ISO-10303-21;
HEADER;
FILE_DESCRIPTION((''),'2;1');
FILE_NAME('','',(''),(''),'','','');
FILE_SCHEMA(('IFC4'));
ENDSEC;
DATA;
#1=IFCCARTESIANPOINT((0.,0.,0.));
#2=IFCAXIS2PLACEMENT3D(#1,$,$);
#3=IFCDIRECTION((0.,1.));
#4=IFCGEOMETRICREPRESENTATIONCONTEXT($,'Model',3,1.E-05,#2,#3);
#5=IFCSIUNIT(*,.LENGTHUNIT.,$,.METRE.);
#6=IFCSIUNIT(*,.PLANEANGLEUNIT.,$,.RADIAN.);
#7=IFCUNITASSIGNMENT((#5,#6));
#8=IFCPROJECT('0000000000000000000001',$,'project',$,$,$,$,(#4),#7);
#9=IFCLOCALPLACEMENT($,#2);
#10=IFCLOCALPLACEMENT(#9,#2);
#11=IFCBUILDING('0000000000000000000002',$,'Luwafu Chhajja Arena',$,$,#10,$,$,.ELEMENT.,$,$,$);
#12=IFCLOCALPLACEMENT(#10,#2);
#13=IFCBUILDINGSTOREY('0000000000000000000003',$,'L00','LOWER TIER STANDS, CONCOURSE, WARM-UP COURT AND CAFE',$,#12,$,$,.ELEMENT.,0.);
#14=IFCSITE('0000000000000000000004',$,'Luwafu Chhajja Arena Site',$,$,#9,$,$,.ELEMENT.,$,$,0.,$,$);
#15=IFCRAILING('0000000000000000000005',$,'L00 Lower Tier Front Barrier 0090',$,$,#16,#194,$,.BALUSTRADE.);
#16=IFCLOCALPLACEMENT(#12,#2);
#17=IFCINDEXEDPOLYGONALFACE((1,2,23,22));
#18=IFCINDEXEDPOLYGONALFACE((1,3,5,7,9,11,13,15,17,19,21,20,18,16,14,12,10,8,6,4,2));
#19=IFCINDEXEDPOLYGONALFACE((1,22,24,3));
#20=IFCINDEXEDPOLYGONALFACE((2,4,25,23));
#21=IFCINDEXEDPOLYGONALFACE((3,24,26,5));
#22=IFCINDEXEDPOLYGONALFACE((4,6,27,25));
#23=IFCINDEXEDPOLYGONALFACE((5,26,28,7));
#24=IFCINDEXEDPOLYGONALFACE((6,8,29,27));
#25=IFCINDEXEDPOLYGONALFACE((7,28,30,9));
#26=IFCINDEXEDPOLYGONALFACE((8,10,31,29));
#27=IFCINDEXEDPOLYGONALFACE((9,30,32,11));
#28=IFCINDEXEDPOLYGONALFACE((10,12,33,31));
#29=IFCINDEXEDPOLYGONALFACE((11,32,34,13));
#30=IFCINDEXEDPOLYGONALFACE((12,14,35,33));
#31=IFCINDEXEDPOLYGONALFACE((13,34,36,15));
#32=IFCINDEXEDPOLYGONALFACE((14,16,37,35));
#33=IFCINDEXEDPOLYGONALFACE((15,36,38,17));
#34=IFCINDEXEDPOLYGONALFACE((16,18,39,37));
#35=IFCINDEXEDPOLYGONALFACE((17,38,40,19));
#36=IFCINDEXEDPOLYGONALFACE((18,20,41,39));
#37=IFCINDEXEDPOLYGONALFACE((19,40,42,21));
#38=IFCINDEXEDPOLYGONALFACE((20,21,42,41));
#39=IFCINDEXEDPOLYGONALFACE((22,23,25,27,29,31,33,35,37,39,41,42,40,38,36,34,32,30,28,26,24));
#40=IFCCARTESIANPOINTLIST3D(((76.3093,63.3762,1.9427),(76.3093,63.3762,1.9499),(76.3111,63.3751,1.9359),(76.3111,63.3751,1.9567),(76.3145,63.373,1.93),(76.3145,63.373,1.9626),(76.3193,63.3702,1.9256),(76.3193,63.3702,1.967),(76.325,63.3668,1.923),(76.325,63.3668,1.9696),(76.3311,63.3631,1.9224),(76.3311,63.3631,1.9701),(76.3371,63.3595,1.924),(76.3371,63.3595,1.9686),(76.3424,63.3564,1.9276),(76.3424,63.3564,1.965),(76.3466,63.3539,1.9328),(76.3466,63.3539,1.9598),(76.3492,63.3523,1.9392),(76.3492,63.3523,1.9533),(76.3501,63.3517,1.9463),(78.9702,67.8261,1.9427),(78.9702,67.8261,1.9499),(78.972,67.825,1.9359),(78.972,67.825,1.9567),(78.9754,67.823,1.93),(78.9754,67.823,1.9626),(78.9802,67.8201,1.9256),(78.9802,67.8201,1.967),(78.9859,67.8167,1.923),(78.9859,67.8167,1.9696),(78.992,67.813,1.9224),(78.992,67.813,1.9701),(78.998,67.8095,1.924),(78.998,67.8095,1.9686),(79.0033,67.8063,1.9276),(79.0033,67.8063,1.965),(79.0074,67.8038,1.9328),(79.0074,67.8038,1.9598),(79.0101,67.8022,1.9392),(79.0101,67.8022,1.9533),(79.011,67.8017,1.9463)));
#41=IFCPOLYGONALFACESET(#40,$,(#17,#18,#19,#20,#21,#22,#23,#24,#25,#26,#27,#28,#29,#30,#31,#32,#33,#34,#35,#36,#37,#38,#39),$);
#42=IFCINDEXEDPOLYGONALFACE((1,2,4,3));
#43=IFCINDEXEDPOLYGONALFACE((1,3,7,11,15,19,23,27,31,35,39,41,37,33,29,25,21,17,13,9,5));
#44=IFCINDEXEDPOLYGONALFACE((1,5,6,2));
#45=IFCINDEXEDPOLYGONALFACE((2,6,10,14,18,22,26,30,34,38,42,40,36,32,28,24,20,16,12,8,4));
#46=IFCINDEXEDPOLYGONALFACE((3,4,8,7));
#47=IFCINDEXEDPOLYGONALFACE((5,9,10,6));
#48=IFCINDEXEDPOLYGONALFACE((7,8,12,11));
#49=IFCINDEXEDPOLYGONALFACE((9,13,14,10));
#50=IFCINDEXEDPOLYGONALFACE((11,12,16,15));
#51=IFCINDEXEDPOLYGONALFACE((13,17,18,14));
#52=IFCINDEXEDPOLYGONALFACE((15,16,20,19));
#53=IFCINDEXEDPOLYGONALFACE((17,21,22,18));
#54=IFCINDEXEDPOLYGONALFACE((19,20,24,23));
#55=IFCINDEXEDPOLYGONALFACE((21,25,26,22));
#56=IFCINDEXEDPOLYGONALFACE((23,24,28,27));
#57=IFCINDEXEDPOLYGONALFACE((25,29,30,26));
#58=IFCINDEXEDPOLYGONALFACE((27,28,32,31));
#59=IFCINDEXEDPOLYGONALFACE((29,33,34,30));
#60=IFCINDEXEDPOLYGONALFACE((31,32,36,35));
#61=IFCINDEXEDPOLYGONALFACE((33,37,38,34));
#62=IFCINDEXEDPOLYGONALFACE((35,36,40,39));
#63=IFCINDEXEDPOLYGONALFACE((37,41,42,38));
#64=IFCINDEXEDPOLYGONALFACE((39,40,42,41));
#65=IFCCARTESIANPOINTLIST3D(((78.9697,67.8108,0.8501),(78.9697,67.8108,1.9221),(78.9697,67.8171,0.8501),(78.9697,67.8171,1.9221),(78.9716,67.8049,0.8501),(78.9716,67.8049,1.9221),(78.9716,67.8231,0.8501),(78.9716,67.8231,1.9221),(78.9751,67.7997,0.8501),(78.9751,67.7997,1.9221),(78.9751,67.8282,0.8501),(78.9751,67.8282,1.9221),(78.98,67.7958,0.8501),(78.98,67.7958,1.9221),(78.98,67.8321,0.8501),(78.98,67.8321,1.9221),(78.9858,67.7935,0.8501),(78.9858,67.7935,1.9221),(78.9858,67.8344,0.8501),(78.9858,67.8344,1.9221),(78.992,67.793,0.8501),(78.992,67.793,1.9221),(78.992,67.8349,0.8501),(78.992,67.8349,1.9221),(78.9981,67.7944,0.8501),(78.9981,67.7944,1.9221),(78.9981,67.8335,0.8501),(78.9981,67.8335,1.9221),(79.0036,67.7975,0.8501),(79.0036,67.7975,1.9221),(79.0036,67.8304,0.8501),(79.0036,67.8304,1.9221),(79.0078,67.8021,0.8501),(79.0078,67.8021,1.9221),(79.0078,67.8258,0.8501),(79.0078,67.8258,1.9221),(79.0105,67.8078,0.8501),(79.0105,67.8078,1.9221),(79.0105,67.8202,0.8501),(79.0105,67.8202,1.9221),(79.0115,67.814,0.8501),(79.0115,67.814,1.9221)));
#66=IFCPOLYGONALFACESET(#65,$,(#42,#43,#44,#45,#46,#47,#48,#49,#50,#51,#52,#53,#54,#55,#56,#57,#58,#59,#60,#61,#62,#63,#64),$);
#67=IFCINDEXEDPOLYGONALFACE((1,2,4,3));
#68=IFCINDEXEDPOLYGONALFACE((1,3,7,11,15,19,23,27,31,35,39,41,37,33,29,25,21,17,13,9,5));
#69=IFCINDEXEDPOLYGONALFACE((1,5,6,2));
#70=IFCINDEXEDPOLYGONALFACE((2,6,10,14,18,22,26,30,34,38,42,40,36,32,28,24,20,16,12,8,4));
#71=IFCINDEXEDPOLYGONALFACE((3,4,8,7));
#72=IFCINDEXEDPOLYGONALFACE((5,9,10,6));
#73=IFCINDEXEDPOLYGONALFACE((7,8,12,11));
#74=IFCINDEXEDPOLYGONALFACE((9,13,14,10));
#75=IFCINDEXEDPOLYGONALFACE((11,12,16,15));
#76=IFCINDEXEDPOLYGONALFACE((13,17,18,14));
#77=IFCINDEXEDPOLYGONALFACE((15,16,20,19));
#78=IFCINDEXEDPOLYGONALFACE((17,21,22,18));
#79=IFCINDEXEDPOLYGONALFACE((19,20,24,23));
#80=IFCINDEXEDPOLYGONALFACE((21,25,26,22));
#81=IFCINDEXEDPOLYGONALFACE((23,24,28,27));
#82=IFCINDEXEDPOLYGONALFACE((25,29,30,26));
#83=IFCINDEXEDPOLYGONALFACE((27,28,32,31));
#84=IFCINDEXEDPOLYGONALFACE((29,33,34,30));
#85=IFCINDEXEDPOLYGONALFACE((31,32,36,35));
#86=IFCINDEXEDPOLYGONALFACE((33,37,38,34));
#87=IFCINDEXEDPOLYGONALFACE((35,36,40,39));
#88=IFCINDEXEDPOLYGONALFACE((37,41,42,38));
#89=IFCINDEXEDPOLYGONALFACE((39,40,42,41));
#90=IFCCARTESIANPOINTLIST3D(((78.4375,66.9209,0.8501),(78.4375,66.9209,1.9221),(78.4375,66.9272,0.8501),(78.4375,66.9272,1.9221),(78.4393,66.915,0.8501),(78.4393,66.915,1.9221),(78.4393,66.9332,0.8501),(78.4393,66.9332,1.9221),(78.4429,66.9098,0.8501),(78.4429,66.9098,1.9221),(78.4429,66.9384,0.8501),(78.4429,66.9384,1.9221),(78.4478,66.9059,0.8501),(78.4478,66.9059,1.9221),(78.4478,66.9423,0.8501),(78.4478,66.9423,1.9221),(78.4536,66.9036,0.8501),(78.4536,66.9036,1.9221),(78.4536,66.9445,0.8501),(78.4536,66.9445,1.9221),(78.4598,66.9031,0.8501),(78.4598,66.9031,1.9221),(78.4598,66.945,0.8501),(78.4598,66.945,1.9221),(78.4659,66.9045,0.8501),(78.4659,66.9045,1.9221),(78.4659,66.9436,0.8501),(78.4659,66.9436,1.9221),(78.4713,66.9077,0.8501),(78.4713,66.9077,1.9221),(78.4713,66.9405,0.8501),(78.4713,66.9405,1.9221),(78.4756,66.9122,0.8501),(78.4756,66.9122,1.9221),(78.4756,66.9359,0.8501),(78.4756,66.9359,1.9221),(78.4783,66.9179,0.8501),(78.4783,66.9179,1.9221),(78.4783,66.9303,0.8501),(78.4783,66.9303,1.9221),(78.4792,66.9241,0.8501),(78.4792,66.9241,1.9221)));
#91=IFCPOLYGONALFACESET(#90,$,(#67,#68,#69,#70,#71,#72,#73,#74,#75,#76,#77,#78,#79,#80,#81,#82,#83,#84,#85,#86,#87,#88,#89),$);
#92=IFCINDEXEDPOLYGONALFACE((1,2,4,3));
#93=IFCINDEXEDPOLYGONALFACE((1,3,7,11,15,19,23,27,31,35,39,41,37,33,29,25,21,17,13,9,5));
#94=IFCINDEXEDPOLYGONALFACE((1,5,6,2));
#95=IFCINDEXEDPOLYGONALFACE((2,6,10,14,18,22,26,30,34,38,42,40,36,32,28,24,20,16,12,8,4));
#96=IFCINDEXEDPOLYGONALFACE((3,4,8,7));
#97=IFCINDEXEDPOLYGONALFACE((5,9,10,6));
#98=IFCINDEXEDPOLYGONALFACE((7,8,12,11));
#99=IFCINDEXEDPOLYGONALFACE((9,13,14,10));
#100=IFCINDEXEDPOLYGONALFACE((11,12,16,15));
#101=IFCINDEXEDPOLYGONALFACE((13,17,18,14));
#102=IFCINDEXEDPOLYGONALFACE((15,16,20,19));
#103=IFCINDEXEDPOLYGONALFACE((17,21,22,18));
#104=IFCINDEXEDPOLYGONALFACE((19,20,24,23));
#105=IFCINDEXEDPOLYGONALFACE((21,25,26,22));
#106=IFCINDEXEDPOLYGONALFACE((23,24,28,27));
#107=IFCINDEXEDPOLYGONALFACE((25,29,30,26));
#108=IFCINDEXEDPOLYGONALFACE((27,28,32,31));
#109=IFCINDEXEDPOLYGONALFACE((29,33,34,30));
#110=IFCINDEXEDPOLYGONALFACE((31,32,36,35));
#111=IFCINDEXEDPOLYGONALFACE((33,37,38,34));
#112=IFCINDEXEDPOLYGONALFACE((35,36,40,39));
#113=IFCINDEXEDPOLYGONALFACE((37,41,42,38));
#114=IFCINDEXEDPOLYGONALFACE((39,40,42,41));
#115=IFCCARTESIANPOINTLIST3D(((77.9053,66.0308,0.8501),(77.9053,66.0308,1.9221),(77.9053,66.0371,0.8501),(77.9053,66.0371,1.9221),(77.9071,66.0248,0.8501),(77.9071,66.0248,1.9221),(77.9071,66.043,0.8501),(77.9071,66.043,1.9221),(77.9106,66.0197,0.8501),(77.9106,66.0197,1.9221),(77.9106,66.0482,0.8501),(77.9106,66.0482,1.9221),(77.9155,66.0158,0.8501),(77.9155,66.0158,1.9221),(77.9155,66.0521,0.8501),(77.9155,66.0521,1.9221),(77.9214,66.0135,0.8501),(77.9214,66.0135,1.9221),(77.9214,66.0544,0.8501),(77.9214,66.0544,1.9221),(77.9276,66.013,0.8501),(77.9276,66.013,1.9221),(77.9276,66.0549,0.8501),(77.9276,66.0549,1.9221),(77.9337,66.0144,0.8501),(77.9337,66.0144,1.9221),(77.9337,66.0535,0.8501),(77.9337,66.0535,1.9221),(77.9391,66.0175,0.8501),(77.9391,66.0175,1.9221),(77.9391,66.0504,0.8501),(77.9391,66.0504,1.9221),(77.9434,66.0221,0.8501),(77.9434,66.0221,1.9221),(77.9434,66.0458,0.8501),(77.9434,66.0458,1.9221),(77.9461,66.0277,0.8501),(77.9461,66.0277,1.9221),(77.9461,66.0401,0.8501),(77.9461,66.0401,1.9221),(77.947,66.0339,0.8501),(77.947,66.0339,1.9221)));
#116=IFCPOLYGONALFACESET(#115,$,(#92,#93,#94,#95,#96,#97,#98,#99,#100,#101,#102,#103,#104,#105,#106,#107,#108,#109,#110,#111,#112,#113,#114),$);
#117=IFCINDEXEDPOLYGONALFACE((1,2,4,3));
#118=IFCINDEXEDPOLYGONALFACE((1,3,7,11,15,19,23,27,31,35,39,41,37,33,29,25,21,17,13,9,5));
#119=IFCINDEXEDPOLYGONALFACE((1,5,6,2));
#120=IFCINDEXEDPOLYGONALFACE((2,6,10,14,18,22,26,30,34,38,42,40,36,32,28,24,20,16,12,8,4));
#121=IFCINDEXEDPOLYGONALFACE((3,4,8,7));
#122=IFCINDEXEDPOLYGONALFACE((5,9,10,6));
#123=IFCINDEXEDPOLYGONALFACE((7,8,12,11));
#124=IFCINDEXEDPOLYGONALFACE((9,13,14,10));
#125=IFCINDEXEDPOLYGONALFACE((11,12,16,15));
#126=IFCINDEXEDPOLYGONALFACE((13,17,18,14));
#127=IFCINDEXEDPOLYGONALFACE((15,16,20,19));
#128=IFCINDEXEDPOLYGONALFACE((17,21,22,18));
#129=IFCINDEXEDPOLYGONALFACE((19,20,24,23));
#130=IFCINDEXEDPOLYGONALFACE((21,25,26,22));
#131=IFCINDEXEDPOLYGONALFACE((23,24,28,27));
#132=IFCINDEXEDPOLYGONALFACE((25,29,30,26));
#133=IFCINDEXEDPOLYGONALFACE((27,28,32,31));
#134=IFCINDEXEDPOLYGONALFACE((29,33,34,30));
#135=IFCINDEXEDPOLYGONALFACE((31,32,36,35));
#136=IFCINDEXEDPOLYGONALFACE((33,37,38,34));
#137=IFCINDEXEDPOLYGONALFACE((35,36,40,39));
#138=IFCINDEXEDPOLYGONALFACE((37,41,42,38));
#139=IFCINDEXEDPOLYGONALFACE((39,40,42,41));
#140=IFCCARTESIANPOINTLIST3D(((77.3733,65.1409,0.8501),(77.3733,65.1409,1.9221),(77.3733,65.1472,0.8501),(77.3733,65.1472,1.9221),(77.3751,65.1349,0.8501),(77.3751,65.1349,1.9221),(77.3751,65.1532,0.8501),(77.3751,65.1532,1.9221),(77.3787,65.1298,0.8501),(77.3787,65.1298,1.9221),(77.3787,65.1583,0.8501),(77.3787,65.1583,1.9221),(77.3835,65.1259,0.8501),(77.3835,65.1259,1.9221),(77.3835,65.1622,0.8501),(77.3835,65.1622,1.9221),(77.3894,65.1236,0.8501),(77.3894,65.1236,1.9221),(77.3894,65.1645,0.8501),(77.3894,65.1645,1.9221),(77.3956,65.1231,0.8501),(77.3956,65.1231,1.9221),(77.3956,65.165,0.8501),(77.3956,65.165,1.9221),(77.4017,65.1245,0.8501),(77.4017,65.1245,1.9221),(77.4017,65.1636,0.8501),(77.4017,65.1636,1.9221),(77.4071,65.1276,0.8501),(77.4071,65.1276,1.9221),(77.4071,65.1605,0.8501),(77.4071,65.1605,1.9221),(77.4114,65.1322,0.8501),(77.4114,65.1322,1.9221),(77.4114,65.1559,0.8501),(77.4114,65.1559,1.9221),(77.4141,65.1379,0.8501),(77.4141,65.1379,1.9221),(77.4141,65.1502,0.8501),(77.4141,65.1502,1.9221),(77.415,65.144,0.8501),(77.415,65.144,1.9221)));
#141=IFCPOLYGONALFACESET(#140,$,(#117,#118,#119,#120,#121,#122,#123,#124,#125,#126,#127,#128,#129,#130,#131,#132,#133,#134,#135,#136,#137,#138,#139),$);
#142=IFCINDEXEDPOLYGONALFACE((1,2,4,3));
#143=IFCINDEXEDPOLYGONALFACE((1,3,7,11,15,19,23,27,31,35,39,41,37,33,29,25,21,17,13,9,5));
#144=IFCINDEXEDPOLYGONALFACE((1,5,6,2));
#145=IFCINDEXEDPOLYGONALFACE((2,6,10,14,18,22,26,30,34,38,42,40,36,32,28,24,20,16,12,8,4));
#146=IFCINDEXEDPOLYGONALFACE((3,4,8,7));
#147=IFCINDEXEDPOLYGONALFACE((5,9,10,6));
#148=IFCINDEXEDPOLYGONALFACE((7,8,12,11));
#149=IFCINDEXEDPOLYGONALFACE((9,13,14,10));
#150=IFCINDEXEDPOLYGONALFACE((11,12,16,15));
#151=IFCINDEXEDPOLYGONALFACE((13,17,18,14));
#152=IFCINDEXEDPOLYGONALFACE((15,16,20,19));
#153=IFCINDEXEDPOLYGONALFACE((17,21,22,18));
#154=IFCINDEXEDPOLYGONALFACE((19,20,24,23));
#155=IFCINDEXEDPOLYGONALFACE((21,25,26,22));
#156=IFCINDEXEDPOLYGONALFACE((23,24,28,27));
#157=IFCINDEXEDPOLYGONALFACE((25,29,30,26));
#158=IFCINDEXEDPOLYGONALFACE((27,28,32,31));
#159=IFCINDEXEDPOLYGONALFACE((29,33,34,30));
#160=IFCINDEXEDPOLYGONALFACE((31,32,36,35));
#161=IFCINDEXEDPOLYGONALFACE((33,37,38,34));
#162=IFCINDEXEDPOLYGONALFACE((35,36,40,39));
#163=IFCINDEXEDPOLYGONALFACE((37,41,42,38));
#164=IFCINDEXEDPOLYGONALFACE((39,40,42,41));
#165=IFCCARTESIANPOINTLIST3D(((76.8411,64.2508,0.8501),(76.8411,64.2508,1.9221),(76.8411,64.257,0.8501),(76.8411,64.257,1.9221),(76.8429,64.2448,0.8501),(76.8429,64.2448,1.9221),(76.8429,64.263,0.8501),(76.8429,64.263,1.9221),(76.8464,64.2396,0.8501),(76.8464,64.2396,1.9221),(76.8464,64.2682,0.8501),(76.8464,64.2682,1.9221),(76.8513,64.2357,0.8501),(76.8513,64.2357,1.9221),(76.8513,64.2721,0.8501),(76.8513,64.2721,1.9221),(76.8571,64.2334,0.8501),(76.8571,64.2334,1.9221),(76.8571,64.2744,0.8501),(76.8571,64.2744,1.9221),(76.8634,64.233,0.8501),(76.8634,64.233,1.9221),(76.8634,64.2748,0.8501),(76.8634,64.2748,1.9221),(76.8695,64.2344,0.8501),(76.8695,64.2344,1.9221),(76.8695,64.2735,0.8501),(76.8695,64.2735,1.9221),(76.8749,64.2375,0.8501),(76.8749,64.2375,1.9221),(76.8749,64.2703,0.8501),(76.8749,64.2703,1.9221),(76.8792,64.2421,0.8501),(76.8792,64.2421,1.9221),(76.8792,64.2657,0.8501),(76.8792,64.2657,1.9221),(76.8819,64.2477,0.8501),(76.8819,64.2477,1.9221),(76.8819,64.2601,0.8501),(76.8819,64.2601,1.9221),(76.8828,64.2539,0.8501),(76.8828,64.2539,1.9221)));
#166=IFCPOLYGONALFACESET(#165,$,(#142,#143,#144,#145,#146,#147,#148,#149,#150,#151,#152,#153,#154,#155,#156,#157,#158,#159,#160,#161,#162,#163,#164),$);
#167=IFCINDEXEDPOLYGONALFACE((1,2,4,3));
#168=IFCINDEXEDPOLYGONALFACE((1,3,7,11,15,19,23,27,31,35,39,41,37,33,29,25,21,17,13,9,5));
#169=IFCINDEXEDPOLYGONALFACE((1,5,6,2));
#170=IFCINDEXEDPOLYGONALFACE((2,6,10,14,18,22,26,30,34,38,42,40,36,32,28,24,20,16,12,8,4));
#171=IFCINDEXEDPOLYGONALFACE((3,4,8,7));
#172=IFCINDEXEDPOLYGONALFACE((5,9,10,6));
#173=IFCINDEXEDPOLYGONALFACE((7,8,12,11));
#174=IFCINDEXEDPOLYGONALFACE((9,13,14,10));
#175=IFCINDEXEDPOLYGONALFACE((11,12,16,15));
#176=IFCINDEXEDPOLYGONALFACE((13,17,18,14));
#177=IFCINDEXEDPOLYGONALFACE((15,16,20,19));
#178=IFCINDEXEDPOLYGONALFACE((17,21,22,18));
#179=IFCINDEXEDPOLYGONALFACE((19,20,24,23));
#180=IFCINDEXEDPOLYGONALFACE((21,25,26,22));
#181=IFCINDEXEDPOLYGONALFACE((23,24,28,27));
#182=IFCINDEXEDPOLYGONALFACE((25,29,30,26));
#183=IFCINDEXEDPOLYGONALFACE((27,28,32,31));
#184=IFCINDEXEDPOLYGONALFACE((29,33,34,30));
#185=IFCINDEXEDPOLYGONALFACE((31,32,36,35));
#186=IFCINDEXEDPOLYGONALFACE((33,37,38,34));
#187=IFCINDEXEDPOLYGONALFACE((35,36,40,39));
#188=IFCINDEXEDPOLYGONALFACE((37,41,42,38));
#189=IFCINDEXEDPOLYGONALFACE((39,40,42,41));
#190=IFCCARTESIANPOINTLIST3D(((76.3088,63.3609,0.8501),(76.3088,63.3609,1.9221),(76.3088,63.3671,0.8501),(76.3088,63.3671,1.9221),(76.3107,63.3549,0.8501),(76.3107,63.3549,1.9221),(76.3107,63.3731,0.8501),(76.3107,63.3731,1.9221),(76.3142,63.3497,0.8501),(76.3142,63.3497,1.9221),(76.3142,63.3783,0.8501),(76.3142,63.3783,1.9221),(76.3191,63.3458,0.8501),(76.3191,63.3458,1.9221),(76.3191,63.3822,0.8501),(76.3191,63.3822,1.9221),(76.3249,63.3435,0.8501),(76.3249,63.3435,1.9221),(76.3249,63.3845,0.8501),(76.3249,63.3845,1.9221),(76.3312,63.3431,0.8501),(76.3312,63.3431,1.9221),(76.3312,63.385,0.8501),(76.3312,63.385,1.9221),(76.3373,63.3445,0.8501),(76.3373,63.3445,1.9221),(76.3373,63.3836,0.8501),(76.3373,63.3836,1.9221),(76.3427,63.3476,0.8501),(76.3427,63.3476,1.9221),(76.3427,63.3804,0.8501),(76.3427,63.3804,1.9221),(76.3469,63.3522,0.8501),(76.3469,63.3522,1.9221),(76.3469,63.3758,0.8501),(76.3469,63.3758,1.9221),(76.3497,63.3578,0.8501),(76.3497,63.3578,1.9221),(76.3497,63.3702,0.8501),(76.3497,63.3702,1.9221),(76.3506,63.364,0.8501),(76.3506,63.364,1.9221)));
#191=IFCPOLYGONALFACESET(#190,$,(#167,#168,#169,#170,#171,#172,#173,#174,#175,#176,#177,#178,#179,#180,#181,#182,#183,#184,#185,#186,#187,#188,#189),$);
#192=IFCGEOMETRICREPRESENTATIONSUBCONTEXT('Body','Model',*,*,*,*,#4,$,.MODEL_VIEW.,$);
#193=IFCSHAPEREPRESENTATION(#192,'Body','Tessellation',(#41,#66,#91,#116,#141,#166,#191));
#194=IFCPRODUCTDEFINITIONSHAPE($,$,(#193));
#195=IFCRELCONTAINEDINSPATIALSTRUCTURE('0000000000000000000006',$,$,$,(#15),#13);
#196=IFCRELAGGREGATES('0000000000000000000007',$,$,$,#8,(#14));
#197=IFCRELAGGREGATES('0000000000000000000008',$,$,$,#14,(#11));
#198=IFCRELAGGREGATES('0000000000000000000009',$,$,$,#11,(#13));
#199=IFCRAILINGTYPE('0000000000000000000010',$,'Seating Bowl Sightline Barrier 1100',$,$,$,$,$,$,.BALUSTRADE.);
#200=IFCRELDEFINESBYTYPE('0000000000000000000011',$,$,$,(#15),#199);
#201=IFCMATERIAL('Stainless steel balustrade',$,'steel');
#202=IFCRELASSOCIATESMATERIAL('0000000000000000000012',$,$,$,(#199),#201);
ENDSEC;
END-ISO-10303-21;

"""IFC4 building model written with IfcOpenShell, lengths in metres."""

from ifc_helpers import new_model, si_unit, direction, frame, origin, origin_2d, place, context, subcontext, project, spatial, circle, extrude, material, type_object, element, save


model = new_model("IFC4")

# Units and contexts
model_context = context("Model", 3, precision=1e-05, world=origin(), true_north=direction((0.0, 1.0)))
body_context = subcontext(model_context, "Body", "Model", "MODEL_VIEW")
ifc_project = project(units=[si_unit("LENGTHUNIT", "METRE"), si_unit("PLANEANGLEUNIT", "RADIAN")], contexts=[model_context])

# Site, building, storey
site_placement = place(None, origin())
site = spatial("IfcSite", under=ifc_project, at=site_placement, Name="Luwafu Chhajja Arena Site", CompositionType="ELEMENT", RefElevation=0.0)
building_placement = place(site_placement, origin())
building = spatial("IfcBuilding", under=site, at=building_placement, Name="Luwafu Chhajja Arena", CompositionType="ELEMENT")
storey_placement = place(building_placement, origin())
storey = spatial("IfcBuildingStorey", under=building, at=storey_placement, Name="L00", Description="LOWER TIER STANDS, CONCOURSE, WARM-UP COURT AND CAFE", CompositionType="ELEMENT", Elevation=0.0)

# Railing
ifc_material_1 = material(Name="Stainless steel balustrade", Category="steel")
railing_type = type_object("IfcRailingType", Name="Seating Bowl Sightline Barrier 1100", PredefinedType="BALUSTRADE", material=ifc_material_1)
railing_1_placement = place(storey_placement, frame((78.9905, 67.814, 0.8501)))
element("IfcRailing", 1, at=railing_1_placement, inside=storey, type_object=railing_type, Name="L00 Lower Tier Front Barrier 0090", PredefinedType="BALUSTRADE", context=body_context, shape_type="SweptSolid", body=[
    extrude(circle(Radius=0.0239, at=origin_2d()), frame((0.0, 0.0, 1.0962), z_axis=(-0.513207, -0.858265, 0.0), x_axis=(0.858265, -0.513207, 0.0)), (0.0, 0.0, 1.0), 5.1848),
    extrude(circle(Radius=0.021, at=origin_2d()), origin(), (0.0, 0.0, 1.0), 1.072),
    extrude(circle(Radius=0.021, at=origin_2d()), frame((-0.5322, -0.8899, 0.0)), (0.0, 0.0, 1.0), 1.072),
    extrude(circle(Radius=0.021, at=origin_2d()), frame((-1.0645, -1.78, 0.0)), (0.0, 0.0, 1.0), 1.072),
    extrude(circle(Radius=0.021, at=origin_2d()), frame((-1.5964, -2.6699, 0.0)), (0.0, 0.0, 1.0), 1.072),
    extrude(circle(Radius=0.021, at=origin_2d()), frame((-2.1287, -3.5601, 0.0)), (0.0, 0.0, 1.0), 1.072),
    extrude(circle(Radius=0.021, at=origin_2d()), frame((-2.6609, -4.45, 0.0)), (0.0, 0.0, 1.0), 1.072),
])

save(model, "model.ifc")
